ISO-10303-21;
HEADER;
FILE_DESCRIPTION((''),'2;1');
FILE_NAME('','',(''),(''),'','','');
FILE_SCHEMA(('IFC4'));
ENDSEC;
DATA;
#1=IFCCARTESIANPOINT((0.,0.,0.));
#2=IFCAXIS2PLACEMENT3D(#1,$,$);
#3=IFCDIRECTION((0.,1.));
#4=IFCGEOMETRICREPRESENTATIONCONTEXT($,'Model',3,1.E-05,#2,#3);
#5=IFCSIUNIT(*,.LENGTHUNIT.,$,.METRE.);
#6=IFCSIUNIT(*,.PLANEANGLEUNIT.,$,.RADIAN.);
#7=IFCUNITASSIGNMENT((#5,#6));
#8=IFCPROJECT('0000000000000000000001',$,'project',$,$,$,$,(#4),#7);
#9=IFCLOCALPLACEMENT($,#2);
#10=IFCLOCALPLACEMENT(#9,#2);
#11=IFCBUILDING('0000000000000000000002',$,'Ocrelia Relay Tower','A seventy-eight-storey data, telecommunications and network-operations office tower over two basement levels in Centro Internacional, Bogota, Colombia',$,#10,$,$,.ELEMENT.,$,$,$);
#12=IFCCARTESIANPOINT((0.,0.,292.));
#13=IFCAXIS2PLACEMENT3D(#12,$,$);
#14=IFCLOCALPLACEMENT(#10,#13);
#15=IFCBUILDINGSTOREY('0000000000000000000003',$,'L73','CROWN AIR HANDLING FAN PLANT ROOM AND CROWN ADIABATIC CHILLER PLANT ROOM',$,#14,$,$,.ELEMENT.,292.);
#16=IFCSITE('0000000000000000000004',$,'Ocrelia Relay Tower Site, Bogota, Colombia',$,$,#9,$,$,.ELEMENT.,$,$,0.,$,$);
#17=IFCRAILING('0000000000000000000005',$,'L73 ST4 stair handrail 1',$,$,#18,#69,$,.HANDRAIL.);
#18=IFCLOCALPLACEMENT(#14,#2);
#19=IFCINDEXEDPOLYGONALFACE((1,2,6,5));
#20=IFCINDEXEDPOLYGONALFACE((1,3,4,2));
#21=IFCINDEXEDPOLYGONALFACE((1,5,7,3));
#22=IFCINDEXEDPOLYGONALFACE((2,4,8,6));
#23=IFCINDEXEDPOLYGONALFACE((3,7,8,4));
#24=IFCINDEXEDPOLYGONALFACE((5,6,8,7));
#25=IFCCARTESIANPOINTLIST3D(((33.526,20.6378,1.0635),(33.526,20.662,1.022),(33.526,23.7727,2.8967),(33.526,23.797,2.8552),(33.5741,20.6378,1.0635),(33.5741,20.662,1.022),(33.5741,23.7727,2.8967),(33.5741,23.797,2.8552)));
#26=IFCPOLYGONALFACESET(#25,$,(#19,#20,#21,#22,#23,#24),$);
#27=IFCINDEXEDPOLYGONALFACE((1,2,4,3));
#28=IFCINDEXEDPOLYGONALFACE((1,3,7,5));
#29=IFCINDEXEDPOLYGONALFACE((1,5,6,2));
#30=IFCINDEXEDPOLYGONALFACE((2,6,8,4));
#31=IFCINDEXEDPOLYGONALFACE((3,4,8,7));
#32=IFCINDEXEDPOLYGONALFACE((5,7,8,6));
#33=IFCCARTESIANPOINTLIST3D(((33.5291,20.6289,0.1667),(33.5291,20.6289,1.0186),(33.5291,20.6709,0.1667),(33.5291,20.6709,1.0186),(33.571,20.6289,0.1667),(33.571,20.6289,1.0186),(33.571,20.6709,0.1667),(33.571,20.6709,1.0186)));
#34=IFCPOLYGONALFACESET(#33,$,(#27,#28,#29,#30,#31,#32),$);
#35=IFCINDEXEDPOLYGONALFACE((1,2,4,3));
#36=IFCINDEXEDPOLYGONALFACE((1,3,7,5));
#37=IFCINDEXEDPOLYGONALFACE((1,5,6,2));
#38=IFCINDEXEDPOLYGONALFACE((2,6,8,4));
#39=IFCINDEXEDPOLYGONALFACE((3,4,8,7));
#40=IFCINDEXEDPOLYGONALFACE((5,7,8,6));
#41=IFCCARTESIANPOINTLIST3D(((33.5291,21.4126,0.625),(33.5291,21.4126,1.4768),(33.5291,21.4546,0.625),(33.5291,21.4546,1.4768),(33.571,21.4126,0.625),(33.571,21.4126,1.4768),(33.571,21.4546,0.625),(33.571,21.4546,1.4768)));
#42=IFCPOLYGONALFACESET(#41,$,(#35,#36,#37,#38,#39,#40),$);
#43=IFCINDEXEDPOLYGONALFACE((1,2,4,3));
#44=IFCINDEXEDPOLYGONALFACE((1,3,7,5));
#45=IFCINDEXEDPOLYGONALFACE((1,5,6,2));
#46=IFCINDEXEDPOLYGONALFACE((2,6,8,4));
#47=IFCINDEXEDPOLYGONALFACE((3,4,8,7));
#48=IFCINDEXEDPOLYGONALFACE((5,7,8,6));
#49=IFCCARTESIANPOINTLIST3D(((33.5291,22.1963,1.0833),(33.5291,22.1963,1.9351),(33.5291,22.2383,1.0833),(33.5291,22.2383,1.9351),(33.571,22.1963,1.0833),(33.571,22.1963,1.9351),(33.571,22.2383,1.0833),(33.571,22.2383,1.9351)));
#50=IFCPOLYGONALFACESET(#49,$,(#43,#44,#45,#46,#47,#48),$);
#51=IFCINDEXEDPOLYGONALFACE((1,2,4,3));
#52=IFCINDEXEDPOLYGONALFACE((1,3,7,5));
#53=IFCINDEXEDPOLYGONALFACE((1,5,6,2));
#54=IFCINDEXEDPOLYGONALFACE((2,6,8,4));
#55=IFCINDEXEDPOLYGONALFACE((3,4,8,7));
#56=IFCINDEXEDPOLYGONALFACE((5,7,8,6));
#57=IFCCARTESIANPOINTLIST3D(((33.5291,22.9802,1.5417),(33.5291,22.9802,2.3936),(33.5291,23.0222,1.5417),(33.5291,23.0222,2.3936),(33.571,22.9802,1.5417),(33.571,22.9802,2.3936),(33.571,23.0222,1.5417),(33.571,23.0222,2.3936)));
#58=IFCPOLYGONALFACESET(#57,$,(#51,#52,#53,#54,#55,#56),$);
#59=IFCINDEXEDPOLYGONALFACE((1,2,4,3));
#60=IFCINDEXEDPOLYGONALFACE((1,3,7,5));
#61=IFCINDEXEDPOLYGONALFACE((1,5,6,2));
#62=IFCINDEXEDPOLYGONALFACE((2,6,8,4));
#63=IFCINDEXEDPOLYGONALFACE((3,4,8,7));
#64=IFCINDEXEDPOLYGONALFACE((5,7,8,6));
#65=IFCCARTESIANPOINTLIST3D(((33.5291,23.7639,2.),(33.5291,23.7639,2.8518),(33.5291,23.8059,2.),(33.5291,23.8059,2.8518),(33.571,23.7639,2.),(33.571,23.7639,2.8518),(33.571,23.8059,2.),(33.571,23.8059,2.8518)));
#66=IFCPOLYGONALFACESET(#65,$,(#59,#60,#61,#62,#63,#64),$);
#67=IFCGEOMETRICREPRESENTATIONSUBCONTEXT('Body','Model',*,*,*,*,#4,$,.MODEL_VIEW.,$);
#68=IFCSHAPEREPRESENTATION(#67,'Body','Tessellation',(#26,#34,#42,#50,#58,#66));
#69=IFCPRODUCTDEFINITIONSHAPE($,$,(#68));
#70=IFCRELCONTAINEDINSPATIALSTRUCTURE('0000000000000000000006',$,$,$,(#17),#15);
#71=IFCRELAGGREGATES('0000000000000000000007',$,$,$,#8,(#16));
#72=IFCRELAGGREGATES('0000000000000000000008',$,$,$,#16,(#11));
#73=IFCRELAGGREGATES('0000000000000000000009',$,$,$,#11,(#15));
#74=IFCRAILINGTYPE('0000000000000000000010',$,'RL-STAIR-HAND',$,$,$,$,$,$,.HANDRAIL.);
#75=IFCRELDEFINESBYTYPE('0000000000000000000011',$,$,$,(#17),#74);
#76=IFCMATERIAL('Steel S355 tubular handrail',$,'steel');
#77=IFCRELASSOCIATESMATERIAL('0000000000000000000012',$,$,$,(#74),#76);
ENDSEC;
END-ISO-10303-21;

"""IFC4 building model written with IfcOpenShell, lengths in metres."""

from ifc_helpers import new_model, si_unit, direction, frame, origin, origin_2d, place, context, subcontext, project, spatial, rectangle, extrude, material, type_object, element, save


model = new_model("IFC4")

# Units and contexts
model_context = context("Model", 3, precision=1e-05, world=origin(), true_north=direction((0.0, 1.0)))
body_context = subcontext(model_context, "Body", "Model", "MODEL_VIEW")
ifc_project = project(units=[si_unit("LENGTHUNIT", "METRE"), si_unit("PLANEANGLEUNIT", "RADIAN")], contexts=[model_context])

# Site, building, storey
site_placement = place(None, origin())
site = spatial("IfcSite", under=ifc_project, at=site_placement, Name="Ocrelia Relay Tower Site, Bogota, Colombia", CompositionType="ELEMENT", RefElevation=0.0)
building_placement = place(site_placement, origin())
building = spatial("IfcBuilding", under=site, at=building_placement, Name="Ocrelia Relay Tower", Description="A seventy-eight-storey data, telecommunications and network-operations office tower over two basement levels in Centro Internacional, Bogota, Colombia", CompositionType="ELEMENT")
storey_placement = place(building_placement, frame((0.0, 0.0, 292.0)))
storey = spatial("IfcBuildingStorey", under=building, at=storey_placement, Name="L73", Description="CROWN AIR HANDLING FAN PLANT ROOM AND CROWN ADIABATIC CHILLER PLANT ROOM", CompositionType="ELEMENT", Elevation=292.0)

# Railing
ifc_material_1 = material(Name="Steel S355 tubular handrail", Category="steel")
railing_type_1 = type_object("IfcRailingType", Name="RL-STAIR-HAND", PredefinedType="HANDRAIL", material=ifc_material_1)
railing_1_placement = place(storey_placement, frame((33.55, 20.6499, 0.1667)))
element("IfcRailing", 1, at=railing_1_placement, inside=storey, type_object=railing_type_1, Name="L73 ST4 stair handrail 1", PredefinedType="HANDRAIL", context=body_context, shape_type="SweptSolid", body=[
    extrude(rectangle(XDim=0.0481, YDim=0.0481, at=origin_2d()), frame((0.0, 0.0, 0.876), z_axis=(0.0, 0.86324, 0.504794), x_axis=(-1.0, 0.0, 0.0)), (0.0, 0.0, 1.0), 3.6316),
    extrude(rectangle(XDim=0.042, YDim=0.042, at=origin_2d()), origin(), (0.0, 0.0, 1.0), 0.8518),
    extrude(rectangle(XDim=0.042, YDim=0.042, at=origin_2d()), frame((0.0, 0.7837, 0.4583)), (0.0, 0.0, 1.0), 0.8518),
    extrude(rectangle(XDim=0.042, YDim=0.042, at=origin_2d()), frame((0.0, 1.5674, 0.9165)), (0.0, 0.0, 1.0), 0.8518),
    extrude(rectangle(XDim=0.042, YDim=0.042, at=origin_2d()), frame((0.0, 2.3513, 1.375)), (0.0, 0.0, 1.0), 0.8518),
    extrude(rectangle(XDim=0.042, YDim=0.042, at=origin_2d()), frame((0.0, 3.135, 1.8333)), (0.0, 0.0, 1.0), 0.8518),
])

save(model, "model.ifc")
